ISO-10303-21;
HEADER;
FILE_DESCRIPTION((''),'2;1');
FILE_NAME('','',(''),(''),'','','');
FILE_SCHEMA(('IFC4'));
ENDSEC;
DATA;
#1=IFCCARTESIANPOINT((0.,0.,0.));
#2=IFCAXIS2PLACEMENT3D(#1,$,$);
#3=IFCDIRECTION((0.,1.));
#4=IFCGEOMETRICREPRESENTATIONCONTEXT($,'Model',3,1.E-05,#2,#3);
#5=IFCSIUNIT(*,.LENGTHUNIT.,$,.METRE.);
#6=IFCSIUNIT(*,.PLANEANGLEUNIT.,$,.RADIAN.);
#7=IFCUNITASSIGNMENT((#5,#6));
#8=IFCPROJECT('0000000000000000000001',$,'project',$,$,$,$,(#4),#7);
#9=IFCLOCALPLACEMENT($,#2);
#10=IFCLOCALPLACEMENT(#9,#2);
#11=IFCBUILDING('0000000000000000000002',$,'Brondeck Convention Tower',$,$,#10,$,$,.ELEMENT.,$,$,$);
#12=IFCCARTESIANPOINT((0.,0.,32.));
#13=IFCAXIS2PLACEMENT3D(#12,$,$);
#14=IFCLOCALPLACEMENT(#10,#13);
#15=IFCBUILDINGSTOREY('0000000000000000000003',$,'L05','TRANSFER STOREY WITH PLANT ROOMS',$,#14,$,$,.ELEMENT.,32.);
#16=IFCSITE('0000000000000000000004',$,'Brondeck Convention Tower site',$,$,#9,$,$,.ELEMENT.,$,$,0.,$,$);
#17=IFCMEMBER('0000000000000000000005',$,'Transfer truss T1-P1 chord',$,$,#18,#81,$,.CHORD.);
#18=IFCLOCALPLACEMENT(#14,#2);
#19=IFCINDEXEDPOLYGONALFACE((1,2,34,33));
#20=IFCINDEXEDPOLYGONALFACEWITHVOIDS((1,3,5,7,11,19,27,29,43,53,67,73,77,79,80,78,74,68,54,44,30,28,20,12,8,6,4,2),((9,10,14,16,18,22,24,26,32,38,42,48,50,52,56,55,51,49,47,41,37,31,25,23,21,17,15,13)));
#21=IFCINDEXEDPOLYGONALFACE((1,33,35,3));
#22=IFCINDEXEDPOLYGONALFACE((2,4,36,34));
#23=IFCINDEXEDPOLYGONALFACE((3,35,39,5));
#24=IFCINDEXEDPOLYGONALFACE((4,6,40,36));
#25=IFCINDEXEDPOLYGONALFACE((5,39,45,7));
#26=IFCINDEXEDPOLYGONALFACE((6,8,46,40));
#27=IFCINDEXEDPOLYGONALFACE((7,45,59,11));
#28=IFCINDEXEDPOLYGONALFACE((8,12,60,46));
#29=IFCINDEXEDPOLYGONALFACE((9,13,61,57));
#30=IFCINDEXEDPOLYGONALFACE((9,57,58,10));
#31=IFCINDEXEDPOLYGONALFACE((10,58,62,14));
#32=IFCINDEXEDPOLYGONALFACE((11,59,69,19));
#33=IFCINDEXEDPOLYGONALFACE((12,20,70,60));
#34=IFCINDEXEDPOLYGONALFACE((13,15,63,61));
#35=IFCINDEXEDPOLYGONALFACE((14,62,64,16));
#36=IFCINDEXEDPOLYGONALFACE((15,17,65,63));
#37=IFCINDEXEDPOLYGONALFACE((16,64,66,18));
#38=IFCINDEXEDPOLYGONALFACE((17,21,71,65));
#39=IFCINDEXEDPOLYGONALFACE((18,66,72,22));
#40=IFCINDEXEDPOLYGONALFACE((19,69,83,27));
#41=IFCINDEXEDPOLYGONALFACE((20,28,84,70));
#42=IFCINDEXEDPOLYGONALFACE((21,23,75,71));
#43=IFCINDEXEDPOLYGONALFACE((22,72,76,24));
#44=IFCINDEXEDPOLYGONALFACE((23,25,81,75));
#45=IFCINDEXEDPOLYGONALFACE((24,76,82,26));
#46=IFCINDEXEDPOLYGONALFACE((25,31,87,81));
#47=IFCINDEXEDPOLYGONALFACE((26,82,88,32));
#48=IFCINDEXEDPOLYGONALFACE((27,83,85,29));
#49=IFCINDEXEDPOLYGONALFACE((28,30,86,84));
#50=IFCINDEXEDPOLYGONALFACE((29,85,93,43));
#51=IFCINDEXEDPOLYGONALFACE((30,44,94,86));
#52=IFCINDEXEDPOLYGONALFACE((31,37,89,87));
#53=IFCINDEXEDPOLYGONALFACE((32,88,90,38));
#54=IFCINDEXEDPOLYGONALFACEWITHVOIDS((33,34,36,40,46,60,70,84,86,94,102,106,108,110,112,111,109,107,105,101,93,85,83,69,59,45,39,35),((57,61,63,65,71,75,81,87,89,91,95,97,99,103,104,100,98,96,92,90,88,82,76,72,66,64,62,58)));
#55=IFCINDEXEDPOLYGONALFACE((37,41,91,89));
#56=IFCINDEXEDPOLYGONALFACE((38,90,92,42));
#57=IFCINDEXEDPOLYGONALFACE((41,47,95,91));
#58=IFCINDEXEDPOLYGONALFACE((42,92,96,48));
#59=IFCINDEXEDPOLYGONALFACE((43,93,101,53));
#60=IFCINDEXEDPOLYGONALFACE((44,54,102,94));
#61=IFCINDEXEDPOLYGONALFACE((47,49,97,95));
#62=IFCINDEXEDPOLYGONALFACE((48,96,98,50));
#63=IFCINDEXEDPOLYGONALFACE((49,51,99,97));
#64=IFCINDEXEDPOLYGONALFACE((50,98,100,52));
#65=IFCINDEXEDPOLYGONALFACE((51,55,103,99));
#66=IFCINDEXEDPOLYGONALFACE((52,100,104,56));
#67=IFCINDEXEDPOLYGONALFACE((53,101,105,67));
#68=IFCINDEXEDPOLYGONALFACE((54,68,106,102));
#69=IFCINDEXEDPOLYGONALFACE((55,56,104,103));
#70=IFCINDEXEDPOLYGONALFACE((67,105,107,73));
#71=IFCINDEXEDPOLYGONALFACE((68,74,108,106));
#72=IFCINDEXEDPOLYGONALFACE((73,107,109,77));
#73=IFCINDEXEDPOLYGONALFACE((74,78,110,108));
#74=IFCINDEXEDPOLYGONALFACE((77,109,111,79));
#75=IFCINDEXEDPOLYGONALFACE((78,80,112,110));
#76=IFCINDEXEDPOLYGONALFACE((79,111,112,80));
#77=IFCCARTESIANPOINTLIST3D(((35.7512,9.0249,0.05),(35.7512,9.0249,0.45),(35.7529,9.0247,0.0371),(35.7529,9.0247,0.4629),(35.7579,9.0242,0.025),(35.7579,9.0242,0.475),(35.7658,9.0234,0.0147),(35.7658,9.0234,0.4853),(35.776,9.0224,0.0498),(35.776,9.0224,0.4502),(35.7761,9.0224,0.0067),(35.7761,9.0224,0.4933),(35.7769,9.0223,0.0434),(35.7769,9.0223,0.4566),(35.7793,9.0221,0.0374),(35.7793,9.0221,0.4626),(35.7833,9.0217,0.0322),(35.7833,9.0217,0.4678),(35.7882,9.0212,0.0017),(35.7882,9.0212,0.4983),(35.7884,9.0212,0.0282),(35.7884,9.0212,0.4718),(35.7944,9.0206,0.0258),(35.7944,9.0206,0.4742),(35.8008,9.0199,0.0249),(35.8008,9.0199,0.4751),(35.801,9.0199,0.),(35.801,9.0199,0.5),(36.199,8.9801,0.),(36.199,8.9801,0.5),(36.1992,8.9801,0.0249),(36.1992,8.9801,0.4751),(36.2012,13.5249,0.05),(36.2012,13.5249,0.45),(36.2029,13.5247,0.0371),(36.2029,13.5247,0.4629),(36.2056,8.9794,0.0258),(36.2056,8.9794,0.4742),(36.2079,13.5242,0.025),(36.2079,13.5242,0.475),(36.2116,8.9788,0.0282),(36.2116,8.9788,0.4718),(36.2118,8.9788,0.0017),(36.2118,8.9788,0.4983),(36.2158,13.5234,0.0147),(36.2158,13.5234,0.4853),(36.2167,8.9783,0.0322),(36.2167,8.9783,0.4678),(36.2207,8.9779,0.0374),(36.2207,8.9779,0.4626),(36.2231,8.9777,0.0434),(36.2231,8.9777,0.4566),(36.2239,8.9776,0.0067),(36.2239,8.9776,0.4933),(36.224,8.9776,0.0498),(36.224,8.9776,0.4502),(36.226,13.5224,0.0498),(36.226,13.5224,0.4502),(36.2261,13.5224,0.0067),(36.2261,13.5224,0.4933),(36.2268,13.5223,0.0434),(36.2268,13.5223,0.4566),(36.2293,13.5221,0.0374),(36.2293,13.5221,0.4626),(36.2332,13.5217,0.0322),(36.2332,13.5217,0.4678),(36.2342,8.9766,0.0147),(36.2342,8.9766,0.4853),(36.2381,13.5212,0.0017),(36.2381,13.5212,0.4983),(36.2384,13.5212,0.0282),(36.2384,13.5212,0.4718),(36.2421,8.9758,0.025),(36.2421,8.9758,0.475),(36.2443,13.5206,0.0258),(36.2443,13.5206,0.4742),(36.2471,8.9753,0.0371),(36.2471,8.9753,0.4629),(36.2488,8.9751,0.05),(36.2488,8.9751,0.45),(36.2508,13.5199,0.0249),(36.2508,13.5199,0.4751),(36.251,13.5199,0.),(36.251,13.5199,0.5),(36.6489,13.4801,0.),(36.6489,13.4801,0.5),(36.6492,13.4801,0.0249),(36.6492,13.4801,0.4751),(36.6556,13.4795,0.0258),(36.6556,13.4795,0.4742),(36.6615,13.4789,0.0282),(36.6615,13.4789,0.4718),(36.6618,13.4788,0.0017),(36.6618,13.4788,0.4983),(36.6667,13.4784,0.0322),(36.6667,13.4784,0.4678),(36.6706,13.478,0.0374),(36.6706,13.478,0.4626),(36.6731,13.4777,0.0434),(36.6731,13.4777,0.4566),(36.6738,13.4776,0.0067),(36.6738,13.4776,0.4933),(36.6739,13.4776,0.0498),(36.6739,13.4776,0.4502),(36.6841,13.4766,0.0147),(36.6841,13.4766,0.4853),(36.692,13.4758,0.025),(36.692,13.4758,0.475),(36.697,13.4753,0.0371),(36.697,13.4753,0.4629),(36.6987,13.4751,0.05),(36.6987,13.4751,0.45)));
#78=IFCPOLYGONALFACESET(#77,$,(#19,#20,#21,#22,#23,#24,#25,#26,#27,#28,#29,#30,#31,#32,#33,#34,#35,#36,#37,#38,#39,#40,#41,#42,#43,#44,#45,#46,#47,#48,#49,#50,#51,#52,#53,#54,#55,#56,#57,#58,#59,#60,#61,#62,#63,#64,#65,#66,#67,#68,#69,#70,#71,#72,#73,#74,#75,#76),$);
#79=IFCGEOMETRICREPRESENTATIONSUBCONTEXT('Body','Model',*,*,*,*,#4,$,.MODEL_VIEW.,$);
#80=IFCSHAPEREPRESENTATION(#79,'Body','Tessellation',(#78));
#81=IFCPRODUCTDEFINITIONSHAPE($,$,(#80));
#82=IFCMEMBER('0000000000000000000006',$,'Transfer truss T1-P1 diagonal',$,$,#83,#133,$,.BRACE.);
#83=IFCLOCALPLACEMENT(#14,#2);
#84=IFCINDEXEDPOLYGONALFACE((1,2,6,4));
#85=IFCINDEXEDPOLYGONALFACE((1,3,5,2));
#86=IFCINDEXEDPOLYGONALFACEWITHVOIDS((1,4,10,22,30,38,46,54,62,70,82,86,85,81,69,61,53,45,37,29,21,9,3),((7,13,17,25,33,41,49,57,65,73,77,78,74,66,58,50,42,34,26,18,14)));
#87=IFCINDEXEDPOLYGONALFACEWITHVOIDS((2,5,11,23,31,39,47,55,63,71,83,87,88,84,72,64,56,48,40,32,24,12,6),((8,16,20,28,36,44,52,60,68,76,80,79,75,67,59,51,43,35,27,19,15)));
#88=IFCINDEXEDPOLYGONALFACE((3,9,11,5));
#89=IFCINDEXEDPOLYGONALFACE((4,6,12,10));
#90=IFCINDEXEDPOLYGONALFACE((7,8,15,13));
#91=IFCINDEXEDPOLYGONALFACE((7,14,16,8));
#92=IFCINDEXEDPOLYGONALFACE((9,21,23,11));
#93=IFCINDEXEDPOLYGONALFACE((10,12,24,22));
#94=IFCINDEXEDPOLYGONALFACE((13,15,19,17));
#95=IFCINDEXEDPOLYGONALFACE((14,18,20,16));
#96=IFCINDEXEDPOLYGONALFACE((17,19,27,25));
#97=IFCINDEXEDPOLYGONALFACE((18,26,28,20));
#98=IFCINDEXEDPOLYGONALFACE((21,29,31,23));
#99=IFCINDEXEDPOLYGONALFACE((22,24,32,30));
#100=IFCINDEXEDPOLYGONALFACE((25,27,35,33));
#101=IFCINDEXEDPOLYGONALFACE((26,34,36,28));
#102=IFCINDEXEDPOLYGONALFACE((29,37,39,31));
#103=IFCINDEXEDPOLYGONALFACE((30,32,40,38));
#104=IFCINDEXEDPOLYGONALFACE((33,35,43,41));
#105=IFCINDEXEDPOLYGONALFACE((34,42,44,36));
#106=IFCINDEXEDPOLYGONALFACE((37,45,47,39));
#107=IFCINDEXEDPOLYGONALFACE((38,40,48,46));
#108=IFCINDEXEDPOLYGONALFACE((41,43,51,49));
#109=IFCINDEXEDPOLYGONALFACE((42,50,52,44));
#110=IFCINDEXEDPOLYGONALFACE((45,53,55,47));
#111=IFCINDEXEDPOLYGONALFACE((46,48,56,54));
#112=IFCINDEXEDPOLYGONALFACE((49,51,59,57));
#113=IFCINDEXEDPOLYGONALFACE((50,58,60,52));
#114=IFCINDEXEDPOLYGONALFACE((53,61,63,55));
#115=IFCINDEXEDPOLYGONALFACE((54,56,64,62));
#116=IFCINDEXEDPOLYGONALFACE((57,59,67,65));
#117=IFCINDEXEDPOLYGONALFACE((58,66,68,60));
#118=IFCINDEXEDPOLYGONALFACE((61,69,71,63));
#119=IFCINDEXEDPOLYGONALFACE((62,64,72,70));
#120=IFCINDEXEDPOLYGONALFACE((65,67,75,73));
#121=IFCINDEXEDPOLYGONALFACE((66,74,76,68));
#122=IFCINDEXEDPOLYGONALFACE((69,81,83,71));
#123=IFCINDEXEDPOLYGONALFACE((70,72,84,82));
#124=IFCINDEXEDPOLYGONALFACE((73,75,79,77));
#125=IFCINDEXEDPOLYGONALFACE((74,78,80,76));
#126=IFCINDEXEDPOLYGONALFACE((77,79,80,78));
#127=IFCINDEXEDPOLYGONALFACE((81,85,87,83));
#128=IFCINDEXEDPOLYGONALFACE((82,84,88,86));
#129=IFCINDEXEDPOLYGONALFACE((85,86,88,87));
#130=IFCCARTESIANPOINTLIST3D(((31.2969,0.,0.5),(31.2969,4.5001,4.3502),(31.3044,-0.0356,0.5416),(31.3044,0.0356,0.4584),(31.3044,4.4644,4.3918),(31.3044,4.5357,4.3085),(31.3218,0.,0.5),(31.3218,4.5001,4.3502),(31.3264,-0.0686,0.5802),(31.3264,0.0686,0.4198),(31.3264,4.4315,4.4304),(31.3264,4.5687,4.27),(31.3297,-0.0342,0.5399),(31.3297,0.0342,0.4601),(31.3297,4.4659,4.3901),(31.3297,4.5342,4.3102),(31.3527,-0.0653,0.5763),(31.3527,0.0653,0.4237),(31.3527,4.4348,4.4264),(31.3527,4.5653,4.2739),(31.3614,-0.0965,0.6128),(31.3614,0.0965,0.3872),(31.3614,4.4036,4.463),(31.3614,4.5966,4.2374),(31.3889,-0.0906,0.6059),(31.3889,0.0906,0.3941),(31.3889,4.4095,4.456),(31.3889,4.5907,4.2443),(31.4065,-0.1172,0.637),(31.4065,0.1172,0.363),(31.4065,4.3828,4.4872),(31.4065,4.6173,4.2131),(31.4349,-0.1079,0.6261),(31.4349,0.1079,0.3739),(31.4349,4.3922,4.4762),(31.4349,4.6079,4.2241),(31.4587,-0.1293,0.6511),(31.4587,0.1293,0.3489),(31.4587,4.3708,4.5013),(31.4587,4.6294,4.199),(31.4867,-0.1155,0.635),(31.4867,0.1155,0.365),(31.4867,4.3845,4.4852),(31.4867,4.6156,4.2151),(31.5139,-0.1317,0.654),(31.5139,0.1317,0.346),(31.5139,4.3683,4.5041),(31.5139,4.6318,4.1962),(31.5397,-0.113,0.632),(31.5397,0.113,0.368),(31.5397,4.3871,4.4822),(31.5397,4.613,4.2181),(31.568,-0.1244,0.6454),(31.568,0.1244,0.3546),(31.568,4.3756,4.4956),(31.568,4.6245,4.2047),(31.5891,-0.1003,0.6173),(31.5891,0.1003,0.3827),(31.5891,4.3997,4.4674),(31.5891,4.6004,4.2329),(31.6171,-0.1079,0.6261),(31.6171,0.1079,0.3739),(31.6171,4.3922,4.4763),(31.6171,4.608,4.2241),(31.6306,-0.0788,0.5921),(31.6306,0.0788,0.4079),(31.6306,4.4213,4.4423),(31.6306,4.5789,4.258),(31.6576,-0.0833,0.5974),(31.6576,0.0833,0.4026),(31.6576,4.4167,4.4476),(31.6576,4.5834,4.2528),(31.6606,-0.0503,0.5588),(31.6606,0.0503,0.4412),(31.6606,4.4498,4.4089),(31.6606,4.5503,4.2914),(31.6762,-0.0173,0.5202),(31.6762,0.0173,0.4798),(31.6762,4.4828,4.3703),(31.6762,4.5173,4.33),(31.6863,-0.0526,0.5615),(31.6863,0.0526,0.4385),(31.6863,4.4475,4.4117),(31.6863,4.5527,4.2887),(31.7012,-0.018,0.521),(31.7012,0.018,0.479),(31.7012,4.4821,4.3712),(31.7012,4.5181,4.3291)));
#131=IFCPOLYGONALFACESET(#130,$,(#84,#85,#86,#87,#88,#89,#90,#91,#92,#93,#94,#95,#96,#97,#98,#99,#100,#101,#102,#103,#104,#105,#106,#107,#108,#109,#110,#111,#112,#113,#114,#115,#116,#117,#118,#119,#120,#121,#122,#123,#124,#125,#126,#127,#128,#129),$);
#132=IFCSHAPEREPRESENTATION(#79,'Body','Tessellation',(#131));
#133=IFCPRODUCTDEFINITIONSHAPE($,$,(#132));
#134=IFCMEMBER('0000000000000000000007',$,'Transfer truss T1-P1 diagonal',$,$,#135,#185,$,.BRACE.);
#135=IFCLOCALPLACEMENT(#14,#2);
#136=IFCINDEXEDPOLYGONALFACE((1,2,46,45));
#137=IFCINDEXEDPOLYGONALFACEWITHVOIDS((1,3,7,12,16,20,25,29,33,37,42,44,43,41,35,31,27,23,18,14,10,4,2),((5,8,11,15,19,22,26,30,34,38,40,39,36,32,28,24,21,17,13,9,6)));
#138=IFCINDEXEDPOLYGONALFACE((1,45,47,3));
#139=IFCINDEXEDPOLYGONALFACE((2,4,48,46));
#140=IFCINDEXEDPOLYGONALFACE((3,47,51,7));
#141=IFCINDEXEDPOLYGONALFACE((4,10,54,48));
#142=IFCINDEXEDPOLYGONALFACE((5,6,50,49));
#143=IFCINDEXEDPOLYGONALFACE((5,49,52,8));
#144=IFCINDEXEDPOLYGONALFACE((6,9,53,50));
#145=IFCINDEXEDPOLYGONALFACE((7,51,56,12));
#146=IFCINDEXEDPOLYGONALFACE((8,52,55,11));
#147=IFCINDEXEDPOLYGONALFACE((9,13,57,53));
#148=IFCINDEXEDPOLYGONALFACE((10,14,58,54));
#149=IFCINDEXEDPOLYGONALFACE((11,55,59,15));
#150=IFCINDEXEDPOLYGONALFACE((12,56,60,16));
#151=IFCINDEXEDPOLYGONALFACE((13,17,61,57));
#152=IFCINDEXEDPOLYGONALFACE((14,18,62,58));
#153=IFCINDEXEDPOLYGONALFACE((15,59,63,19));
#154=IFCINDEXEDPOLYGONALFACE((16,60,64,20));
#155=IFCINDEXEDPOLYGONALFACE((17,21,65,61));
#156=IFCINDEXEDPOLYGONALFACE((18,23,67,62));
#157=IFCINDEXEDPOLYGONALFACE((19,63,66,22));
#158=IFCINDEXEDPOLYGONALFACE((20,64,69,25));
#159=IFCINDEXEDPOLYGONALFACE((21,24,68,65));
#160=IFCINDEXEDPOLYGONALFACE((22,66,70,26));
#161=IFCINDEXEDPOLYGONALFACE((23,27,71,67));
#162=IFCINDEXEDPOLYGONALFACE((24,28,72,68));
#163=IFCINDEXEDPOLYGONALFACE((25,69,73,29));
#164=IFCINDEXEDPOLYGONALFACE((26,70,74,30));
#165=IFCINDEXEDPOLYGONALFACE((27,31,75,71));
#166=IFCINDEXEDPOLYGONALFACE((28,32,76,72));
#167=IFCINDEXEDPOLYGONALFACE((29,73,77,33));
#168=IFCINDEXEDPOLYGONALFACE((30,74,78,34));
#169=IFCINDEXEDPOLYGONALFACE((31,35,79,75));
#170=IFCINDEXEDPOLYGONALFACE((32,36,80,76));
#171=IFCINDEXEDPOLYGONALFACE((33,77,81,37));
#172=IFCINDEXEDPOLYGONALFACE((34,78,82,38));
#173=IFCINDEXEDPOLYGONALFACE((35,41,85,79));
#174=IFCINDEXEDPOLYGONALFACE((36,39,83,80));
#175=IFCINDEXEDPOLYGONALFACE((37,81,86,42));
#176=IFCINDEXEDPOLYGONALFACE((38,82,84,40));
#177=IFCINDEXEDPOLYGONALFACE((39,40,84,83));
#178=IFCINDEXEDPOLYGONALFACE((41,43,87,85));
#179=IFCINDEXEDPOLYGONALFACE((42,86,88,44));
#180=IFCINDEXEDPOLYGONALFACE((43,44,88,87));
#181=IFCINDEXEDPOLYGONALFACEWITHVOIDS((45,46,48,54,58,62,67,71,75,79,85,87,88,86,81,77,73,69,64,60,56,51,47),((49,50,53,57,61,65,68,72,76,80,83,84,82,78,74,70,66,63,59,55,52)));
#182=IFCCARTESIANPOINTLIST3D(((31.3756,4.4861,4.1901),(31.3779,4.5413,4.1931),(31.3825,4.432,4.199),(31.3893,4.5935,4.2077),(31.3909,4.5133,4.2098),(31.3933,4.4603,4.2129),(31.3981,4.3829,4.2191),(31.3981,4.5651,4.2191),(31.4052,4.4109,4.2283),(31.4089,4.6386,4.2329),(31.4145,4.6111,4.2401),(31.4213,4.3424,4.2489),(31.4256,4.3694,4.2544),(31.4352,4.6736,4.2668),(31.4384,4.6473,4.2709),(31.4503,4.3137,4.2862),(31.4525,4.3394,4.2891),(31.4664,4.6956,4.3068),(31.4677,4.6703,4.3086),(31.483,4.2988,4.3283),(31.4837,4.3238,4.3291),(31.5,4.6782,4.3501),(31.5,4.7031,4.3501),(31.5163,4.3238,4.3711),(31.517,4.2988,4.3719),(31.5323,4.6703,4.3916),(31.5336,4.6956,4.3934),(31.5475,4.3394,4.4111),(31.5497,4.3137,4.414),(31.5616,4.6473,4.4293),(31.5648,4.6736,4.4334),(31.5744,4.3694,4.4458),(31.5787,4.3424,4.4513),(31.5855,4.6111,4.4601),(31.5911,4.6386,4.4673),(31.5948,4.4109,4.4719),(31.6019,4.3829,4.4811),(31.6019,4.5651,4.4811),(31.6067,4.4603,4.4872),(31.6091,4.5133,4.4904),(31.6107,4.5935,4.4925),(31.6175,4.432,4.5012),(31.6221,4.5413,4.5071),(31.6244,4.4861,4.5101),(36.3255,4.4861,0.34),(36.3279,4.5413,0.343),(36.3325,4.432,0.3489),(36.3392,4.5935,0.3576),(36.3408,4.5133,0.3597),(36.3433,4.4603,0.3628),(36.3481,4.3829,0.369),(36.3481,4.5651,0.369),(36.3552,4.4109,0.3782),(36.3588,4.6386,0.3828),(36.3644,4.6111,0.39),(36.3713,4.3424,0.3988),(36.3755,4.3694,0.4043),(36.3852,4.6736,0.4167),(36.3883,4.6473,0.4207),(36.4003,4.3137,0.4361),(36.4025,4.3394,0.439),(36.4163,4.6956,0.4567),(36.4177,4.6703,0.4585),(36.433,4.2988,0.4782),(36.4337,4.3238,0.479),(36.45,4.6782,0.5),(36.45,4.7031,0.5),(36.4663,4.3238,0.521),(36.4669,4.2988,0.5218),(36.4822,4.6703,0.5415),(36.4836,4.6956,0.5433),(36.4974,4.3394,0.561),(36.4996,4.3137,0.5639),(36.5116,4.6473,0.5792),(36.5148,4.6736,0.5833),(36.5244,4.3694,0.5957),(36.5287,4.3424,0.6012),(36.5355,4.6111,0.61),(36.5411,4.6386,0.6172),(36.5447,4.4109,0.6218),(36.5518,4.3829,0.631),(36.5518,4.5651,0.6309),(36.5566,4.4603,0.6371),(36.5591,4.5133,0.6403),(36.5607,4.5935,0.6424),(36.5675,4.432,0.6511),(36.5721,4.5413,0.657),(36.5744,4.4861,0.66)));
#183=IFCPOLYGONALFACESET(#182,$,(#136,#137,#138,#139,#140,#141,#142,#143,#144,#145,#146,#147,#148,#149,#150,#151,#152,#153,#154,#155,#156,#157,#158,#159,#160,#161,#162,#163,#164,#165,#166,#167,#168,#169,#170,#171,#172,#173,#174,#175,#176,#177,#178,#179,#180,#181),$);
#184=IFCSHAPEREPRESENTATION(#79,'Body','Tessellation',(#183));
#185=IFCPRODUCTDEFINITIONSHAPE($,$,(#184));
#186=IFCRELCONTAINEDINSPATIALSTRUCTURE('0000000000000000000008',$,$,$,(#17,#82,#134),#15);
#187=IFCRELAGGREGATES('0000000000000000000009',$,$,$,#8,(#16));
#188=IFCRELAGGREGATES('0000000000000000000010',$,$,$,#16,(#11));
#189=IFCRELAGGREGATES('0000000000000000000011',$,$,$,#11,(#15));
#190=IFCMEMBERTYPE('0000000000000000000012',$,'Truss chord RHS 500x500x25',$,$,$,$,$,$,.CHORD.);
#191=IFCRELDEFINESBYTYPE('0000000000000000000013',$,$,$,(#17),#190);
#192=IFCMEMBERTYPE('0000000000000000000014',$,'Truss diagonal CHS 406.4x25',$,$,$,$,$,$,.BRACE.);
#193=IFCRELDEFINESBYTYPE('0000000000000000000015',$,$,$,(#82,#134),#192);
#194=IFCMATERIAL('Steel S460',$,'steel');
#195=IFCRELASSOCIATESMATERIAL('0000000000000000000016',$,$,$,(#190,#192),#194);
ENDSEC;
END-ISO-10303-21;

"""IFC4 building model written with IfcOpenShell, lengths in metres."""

from ifc_helpers import new_model, si_unit, direction, frame, origin, origin_2d, place, context, subcontext, project, spatial, hollow_rectangle, hollow_circle, extrude, material, material_profile, profile_set, type_object, element, save


model = new_model("IFC4")

# Units and contexts
model_context = context("Model", 3, precision=1e-05, world=origin(), true_north=direction((0.0, 1.0)))
body_context = subcontext(model_context, "Body", "Model", "MODEL_VIEW")
ifc_project = project(units=[si_unit("LENGTHUNIT", "METRE"), si_unit("PLANEANGLEUNIT", "RADIAN")], contexts=[model_context])

# Site, building, storey
site_placement = place(None, origin())
site = spatial("IfcSite", under=ifc_project, at=site_placement, Name="Brondeck Convention Tower site", CompositionType="ELEMENT", RefElevation=0.0)
building_placement = place(site_placement, origin())
building = spatial("IfcBuilding", under=site, at=building_placement, Name="Brondeck Convention Tower", CompositionType="ELEMENT")
storey_placement = place(building_placement, frame((0.0, 0.0, 32.0)))
storey = spatial("IfcBuildingStorey", under=building, at=storey_placement, Name="L05", Description="TRANSFER STOREY WITH PLANT ROOMS", CompositionType="ELEMENT", Elevation=32.0)

# Shared definitions
ifc_material_1 = material(Name="Steel S460", Category="steel")

# Members
ifc_material_profile_1 = material_profile(ifc_material_1, hollow_rectangle(XDim=0.5, YDim=0.5, WallThickness=0.0249, InnerFilletRadius=0.0249, OuterFilletRadius=0.05, at=origin_2d()), Name="RHS 500x500x25")
ifc_profile_set_1 = profile_set([ifc_material_profile_1], Name="Steel S460")
member_type_1 = type_object("IfcMemberType", Name="Truss chord RHS 500x500x25", PredefinedType="CHORD", material=ifc_profile_set_1)
for number, where, z_axis, x_axis, name in (
    (1, (36.0, 9.0, 0.25), (0.099493, 0.995038, 0.0), (-0.995038, 0.099493, 0.0), "Transfer truss T1-P1 chord"),
):
    element("IfcMember", number, at=place(storey_placement, frame(where, z_axis=z_axis, x_axis=x_axis)), inside=storey, type_object=member_type_1, Name=name, PredefinedType="CHORD", context=body_context, shape_type="SweptSolid", body=[
        extrude(hollow_rectangle(XDim=0.5, YDim=0.5, WallThickness=0.0249, InnerFilletRadius=0.0249, OuterFilletRadius=0.05, at=origin_2d()), origin(), (0.0, 0.0, 1.0), 4.5225),
    ])
ifc_material_profile_2 = material_profile(ifc_material_1, hollow_circle(Radius=0.2031, WallThickness=0.0249, at=origin_2d()), Name="CHS 406.4x25")
ifc_profile_set_2 = profile_set([ifc_material_profile_2], Name="Steel S460")
member_type_2 = type_object("IfcMemberType", Name="Truss diagonal CHS 406.4x25", PredefinedType="BRACE", material=ifc_profile_set_2)
member_1_placement = place(storey_placement, frame((31.5, 0.0, 0.5), z_axis=(0.0, 0.759844, 0.650105), x_axis=(-1.0, 0.0, 0.0)))
element("IfcMember", 2, at=member_1_placement, inside=storey, type_object=member_type_2, Name="Transfer truss T1-P1 diagonal", PredefinedType="BRACE", context=body_context, shape_type="SweptSolid", body=[
    extrude(hollow_circle(Radius=0.2031, WallThickness=0.0249, at=origin_2d()), origin(), (0.0, 0.0, 1.0), 5.9224),
])
member_2_placement = place(storey_placement, frame((31.5, 4.5, 4.3501), z_axis=(0.789342, 0.0, -0.613954), x_axis=(0.0, 1.0, 0.0)))
element("IfcMember", 3, at=member_2_placement, inside=storey, type_object=member_type_2, Name="Transfer truss T1-P1 diagonal", PredefinedType="BRACE", context=body_context, shape_type="SweptSolid", body=[
    extrude(hollow_circle(Radius=0.2031, WallThickness=0.0249, at=origin_2d()), origin(), (0.0, 0.0, 1.0), 6.271),
])

save(model, "model.ifc")
